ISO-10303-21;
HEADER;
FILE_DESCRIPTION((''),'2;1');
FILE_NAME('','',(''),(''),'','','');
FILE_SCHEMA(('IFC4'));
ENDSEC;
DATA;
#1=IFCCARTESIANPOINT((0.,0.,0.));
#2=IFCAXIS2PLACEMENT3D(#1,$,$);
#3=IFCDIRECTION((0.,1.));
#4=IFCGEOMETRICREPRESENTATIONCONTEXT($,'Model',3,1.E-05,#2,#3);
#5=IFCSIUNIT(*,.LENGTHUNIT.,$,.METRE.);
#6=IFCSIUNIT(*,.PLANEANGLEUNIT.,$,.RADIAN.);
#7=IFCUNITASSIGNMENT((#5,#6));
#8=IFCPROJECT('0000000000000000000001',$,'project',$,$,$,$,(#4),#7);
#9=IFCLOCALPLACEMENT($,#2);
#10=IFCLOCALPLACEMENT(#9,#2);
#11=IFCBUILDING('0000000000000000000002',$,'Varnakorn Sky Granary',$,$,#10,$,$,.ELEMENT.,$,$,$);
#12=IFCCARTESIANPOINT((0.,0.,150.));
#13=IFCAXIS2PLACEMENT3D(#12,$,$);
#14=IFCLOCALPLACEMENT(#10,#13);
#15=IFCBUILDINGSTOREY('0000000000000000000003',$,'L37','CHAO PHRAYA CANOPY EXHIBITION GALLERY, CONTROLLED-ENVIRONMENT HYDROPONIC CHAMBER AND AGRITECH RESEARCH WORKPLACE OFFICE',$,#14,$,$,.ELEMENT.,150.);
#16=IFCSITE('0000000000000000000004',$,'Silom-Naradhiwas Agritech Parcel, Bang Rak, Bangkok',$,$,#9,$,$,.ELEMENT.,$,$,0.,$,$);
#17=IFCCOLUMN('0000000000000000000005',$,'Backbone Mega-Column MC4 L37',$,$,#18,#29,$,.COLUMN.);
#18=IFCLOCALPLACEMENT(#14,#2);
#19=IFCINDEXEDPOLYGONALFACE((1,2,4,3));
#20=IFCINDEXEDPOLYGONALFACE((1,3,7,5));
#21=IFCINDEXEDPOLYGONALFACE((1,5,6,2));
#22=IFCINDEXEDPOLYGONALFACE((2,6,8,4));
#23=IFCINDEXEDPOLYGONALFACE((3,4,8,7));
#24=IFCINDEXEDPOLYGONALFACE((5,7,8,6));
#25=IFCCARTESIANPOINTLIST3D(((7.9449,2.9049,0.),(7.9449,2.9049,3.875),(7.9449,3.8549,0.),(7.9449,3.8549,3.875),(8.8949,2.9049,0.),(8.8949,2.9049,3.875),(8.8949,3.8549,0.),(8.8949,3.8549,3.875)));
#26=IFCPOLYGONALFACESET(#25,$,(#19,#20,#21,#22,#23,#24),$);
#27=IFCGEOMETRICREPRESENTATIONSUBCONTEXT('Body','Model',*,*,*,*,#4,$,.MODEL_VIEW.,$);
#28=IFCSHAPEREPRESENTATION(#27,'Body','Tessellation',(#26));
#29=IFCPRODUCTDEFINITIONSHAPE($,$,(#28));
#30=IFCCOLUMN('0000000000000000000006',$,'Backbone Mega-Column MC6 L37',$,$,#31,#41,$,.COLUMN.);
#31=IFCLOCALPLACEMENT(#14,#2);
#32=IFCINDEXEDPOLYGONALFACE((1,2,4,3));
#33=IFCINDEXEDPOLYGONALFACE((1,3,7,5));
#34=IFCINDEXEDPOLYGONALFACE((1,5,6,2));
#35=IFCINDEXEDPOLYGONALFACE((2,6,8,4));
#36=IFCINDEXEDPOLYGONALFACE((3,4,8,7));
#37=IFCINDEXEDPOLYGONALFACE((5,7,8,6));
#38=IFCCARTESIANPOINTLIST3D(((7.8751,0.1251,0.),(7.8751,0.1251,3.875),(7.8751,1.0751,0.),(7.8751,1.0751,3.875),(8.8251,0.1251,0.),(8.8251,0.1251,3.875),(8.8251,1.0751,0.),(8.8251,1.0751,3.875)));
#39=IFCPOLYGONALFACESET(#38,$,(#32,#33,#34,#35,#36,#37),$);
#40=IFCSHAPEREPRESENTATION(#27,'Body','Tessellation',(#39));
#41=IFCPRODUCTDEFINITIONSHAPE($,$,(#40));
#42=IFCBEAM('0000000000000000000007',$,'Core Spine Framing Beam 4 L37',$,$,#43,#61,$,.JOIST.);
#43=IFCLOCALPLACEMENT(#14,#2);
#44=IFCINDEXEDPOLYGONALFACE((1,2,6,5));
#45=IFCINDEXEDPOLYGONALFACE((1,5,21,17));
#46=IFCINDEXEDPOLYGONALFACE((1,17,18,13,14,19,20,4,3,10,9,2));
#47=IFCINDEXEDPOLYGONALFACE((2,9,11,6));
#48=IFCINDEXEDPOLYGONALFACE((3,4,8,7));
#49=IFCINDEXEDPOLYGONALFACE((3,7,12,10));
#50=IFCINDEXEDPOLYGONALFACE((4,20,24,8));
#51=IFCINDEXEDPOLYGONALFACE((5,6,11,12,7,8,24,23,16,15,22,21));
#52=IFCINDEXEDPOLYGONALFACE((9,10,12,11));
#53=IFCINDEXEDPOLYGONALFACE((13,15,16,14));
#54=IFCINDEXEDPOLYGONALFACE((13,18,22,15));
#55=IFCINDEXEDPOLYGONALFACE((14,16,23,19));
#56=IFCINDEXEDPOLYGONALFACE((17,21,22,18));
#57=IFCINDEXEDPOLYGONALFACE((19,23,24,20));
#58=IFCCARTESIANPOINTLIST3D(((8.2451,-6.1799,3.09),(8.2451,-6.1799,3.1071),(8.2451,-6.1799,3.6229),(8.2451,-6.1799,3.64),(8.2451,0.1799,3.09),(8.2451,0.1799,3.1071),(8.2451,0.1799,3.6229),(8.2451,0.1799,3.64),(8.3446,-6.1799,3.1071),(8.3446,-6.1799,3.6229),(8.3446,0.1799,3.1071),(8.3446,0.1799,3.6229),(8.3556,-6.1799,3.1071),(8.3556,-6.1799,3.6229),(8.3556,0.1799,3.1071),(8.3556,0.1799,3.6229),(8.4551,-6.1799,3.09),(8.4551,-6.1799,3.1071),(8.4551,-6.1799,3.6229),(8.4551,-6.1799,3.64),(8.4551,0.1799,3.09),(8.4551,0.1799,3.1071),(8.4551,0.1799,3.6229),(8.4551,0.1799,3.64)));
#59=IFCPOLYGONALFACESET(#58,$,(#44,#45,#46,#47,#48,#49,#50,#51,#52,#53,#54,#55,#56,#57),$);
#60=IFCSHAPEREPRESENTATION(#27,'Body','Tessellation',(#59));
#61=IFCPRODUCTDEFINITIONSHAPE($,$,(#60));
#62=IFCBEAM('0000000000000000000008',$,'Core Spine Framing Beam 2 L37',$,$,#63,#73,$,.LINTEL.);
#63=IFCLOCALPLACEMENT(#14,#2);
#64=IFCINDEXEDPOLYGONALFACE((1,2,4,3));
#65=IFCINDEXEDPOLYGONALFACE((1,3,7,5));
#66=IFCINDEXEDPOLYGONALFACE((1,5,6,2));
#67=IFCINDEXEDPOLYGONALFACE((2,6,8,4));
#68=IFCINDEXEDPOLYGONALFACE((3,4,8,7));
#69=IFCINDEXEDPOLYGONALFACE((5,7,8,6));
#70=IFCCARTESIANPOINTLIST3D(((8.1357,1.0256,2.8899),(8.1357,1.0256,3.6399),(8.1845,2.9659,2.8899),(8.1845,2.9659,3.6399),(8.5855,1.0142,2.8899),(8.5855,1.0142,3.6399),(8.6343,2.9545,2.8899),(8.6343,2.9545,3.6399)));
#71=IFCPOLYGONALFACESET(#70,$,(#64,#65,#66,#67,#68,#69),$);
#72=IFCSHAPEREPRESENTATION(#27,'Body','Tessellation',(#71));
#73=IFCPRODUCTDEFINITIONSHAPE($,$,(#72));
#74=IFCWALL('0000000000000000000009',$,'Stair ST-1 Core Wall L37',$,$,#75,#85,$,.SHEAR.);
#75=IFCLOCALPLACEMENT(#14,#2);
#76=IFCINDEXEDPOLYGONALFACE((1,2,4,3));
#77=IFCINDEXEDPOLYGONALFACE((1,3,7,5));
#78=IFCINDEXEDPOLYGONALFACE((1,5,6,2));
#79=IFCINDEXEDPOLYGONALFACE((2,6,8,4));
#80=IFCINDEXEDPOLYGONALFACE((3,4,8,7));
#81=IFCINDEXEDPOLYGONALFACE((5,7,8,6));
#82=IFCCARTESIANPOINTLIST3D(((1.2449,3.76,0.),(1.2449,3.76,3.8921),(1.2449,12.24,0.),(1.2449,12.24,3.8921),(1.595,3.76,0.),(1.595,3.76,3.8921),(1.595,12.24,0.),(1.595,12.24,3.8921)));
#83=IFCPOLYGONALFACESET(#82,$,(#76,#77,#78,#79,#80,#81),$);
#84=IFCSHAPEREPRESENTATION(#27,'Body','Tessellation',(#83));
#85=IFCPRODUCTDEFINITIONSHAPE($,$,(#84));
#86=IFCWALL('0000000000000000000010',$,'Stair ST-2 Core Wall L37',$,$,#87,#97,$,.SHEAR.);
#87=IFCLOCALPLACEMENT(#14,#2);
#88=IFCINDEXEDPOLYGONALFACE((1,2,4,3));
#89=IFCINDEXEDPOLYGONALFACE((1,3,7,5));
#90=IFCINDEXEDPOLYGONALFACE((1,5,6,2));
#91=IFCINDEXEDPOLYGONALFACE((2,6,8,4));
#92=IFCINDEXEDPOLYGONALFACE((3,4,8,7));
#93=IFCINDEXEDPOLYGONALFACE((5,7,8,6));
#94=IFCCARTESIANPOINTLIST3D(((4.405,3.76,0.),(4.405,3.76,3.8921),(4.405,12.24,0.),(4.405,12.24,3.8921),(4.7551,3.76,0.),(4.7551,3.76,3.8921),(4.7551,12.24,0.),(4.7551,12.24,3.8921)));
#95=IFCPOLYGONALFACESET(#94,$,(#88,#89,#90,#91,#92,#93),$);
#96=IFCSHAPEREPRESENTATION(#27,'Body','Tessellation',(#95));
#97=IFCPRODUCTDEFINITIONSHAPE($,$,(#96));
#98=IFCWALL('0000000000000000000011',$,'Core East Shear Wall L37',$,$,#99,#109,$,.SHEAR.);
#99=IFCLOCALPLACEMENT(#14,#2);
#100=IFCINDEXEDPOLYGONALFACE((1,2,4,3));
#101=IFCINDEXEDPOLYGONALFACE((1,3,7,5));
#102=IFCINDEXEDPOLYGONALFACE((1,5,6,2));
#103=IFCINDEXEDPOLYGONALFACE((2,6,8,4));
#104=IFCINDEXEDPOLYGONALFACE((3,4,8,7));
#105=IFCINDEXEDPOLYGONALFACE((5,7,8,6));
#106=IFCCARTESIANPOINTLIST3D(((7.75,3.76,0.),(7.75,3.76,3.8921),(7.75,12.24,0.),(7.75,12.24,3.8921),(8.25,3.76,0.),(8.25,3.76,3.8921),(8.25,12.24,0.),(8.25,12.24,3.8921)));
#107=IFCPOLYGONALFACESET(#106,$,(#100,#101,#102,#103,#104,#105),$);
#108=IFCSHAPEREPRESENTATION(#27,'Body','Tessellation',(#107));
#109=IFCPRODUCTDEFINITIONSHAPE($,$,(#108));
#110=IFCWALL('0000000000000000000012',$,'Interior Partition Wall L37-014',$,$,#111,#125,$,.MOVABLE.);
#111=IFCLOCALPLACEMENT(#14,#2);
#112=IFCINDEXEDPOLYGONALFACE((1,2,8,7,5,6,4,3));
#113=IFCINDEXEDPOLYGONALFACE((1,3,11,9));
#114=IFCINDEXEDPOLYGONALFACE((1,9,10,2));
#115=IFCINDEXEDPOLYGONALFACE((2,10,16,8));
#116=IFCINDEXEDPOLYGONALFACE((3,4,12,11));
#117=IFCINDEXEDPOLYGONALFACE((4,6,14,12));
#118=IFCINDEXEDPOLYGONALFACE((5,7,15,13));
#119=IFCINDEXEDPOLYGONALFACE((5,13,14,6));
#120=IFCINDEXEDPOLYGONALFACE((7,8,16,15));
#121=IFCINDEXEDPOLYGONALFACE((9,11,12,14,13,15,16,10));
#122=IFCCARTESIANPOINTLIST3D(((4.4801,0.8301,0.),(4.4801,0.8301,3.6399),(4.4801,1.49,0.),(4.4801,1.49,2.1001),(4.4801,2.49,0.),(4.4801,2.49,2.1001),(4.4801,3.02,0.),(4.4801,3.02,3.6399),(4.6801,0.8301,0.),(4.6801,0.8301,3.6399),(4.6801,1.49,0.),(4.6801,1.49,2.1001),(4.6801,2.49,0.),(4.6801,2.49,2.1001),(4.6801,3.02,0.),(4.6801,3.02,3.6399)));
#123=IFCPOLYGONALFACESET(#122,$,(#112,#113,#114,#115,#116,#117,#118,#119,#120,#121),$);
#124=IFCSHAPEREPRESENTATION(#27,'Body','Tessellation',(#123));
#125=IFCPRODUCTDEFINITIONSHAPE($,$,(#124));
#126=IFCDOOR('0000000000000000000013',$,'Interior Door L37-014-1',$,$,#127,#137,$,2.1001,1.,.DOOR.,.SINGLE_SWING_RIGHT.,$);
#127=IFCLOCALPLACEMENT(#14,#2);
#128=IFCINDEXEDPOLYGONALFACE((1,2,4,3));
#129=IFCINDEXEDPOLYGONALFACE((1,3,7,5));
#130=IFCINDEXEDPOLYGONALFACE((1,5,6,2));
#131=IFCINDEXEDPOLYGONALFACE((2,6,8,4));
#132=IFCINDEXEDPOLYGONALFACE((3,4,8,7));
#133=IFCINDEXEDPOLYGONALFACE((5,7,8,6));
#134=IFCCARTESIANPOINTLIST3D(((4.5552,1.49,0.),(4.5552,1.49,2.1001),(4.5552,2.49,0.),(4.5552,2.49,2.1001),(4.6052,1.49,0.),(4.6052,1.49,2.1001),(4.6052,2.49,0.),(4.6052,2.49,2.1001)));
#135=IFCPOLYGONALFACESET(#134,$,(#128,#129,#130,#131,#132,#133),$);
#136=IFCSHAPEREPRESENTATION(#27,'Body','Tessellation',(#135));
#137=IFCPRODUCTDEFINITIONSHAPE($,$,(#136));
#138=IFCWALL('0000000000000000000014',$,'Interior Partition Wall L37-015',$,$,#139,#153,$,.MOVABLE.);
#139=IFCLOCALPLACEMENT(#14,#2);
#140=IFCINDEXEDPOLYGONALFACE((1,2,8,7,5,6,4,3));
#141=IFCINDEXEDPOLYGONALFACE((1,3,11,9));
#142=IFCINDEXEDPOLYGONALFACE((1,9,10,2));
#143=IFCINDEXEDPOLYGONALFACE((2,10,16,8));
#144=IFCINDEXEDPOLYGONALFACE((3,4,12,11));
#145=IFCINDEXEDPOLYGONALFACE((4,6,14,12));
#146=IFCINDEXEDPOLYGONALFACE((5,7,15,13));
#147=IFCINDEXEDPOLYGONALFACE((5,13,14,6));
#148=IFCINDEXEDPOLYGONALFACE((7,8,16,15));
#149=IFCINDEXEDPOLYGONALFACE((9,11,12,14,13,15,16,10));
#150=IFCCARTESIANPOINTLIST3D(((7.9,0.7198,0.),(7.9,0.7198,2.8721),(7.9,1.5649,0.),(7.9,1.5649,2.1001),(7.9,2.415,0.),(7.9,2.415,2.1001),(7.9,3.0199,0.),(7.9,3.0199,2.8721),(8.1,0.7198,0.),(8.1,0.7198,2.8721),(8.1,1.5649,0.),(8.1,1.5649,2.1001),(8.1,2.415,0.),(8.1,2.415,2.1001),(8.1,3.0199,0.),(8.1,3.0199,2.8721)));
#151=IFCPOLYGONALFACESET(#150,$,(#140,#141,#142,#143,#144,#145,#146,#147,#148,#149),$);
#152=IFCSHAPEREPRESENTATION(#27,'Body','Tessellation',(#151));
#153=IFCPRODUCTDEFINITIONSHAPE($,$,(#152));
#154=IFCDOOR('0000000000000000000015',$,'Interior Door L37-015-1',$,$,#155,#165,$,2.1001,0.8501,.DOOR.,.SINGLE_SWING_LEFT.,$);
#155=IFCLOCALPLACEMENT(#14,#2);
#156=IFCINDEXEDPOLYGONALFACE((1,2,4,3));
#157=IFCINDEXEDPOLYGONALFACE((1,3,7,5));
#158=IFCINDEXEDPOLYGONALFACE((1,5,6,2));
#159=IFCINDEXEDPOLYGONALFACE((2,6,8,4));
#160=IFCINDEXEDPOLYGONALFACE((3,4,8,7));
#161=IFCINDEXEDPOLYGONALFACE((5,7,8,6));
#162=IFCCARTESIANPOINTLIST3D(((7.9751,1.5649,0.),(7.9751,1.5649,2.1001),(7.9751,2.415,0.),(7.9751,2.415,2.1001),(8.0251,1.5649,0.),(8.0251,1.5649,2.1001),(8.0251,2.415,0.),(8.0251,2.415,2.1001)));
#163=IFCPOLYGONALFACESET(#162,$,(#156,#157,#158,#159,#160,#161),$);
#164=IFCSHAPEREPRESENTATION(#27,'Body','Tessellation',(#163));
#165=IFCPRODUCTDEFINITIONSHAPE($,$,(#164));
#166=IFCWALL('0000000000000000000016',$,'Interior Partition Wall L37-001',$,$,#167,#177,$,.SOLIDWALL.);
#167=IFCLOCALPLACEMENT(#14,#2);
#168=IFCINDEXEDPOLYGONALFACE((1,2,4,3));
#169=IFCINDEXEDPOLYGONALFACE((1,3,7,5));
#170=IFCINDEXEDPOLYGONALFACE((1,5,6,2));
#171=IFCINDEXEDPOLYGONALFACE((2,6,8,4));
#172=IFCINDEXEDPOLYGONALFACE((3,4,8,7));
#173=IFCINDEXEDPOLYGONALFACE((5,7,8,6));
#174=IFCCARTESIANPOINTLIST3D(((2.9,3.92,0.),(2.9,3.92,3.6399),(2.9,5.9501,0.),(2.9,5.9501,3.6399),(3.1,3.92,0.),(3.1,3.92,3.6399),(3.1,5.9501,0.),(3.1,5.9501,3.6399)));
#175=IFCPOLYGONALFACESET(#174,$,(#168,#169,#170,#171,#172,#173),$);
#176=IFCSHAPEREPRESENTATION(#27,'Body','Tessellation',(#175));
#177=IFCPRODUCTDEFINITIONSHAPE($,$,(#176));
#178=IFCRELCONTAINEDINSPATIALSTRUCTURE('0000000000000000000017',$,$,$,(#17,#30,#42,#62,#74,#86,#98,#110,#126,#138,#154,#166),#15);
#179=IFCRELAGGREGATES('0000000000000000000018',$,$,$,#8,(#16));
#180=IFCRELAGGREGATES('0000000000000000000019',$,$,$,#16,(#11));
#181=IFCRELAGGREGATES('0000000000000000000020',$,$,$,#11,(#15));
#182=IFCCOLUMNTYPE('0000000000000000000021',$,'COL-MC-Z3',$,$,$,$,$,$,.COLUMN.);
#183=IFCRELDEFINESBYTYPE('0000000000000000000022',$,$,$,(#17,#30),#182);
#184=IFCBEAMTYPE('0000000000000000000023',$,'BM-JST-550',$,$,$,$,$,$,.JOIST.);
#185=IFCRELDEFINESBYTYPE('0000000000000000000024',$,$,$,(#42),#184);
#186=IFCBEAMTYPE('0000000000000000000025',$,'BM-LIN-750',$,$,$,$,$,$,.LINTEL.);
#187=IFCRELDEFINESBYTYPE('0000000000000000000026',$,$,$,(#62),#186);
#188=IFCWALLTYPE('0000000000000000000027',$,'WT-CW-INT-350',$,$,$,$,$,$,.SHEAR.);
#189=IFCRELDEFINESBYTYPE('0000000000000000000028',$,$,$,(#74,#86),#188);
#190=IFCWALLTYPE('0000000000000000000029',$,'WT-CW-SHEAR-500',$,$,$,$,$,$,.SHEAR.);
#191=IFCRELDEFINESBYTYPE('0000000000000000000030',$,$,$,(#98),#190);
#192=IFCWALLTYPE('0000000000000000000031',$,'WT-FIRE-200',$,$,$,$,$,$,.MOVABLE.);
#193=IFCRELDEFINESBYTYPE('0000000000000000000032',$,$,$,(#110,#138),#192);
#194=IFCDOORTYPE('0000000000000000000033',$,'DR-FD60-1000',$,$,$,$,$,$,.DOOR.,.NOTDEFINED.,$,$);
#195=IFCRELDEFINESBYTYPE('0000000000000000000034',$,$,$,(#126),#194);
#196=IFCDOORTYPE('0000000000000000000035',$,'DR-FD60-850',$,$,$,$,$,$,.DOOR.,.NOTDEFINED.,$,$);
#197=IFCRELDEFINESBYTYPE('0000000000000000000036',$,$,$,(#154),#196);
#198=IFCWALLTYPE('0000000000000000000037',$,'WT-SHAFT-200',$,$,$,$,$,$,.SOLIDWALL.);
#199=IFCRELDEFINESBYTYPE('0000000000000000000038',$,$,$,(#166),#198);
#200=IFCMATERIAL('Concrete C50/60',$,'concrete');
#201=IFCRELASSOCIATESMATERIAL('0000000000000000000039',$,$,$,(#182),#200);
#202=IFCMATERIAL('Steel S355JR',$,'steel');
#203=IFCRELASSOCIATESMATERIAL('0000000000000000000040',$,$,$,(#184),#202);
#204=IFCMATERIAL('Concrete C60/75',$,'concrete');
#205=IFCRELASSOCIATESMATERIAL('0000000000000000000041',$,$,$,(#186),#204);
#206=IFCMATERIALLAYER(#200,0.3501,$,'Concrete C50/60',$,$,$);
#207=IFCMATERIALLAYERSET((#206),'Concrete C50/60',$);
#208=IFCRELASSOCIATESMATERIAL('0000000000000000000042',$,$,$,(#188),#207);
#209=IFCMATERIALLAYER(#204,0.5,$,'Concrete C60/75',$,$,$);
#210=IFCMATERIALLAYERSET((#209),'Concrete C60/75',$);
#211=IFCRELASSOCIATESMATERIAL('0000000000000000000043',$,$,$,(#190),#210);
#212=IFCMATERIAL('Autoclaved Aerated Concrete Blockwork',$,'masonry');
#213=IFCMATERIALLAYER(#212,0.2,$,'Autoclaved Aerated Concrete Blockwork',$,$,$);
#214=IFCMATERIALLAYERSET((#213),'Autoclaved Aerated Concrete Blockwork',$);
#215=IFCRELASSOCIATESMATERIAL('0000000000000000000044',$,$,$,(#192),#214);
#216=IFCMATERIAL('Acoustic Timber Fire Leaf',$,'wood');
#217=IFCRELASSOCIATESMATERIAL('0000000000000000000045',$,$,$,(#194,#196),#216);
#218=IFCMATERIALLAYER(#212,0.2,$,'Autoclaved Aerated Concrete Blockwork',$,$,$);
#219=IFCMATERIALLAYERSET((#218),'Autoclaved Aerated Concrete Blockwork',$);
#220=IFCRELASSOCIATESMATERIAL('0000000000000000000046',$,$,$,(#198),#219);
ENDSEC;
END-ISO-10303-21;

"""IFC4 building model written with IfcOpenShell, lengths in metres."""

from ifc_helpers import new_model, si_unit, direction, frame, frame_2d, origin, origin_2d, place, context, subcontext, project, spatial, rectangle, i_section, extrude, material, layer, layer_set, material_profile, profile_set, type_object, element, fill, save


model = new_model("IFC4")

# Units and contexts
model_context = context("Model", 3, precision=1e-05, world=origin(), true_north=direction((0.0, 1.0)))
body_context = subcontext(model_context, "Body", "Model", "MODEL_VIEW")
ifc_project = project(units=[si_unit("LENGTHUNIT", "METRE"), si_unit("PLANEANGLEUNIT", "RADIAN")], contexts=[model_context])

# Site, building, storey
site_placement = place(None, origin())
site = spatial("IfcSite", under=ifc_project, at=site_placement, Name="Silom-Naradhiwas Agritech Parcel, Bang Rak, Bangkok", CompositionType="ELEMENT", RefElevation=0.0)
building_placement = place(site_placement, origin())
building = spatial("IfcBuilding", under=site, at=building_placement, Name="Varnakorn Sky Granary", CompositionType="ELEMENT")
storey_placement = place(building_placement, frame((0.0, 0.0, 150.0)))
storey = spatial("IfcBuildingStorey", under=building, at=storey_placement, Name="L37", Description="CHAO PHRAYA CANOPY EXHIBITION GALLERY, CONTROLLED-ENVIRONMENT HYDROPONIC CHAMBER AND AGRITECH RESEARCH WORKPLACE OFFICE", CompositionType="ELEMENT", Elevation=150.0)

# Columns
ifc_material_1 = material(Name="Concrete C50/60", Category="concrete")
ifc_material_profile_1 = material_profile(ifc_material_1, rectangle(XDim=0.95, YDim=0.95, at=origin_2d()), Name="RC 950x950")
ifc_profile_set_1 = profile_set([ifc_material_profile_1], Name="Concrete C50/60")
column_type = type_object("IfcColumnType", Name="COL-MC-Z3", PredefinedType="COLUMN", material=ifc_profile_set_1)
for number, where, z_axis, x_axis, name in (
    (1, (8.4199, 3.3799, 0.0), (0.0, 0.0, 1.0), (1.0, 0.0, 0.0), "Backbone Mega-Column MC4 L37"),
    (2, (8.3501, 0.6001, 0.0), (0.0, 0.0, 1.0), (1.0, 0.0, 0.0), "Backbone Mega-Column MC6 L37"),
):
    element("IfcColumn", number, at=place(storey_placement, frame(where, z_axis=z_axis, x_axis=x_axis)), inside=storey, type_object=column_type, Name=name, PredefinedType="COLUMN", context=body_context, shape_type="SweptSolid", body=[
        extrude(rectangle(XDim=0.95, YDim=0.95, at=origin_2d()), origin(), (0.0, 0.0, 1.0), 3.875),
    ])

# Beams
ifc_material_2 = material(Name="Steel S355JR", Category="steel")
ifc_material_profile_2 = material_profile(ifc_material_2, i_section(OverallWidth=0.21, OverallDepth=0.55, WebThickness=0.011, FlangeThickness=0.0171, at=origin_2d()), Name="IPE 550")
ifc_profile_set_2 = profile_set([ifc_material_profile_2], Name="Steel S355JR")
beam_type_1 = type_object("IfcBeamType", Name="BM-JST-550", PredefinedType="JOIST", material=ifc_profile_set_2)
beam_1_placement = place(storey_placement, frame((8.3501, 0.1799, 3.365), z_axis=(0.0, -1.0, 0.0), x_axis=(1.0, 0.0, 0.0)))
element("IfcBeam", 3, at=beam_1_placement, inside=storey, type_object=beam_type_1, Name="Core Spine Framing Beam 4 L37", PredefinedType="JOIST", context=body_context, shape_type="SweptSolid", body=[
    extrude(i_section(OverallWidth=0.21, OverallDepth=0.55, WebThickness=0.011, FlangeThickness=0.0171, at=origin_2d()), origin(), (0.0, 0.0, 1.0), 6.3599),
])
ifc_material_3 = material(Name="Concrete C60/75", Category="concrete")
ifc_material_profile_3 = material_profile(ifc_material_3, rectangle(XDim=0.45, YDim=0.75, at=origin_2d()), Name="RC 450x750")
ifc_profile_set_3 = profile_set([ifc_material_profile_3], Name="Concrete C60/75")
beam_type_2 = type_object("IfcBeamType", Name="BM-LIN-750", PredefinedType="LINTEL", material=ifc_profile_set_3)
beam_2_placement = place(storey_placement, frame((8.4094, 2.9602, 3.2649), z_axis=(-0.025159, -0.999683, 0.0), x_axis=(0.999683, -0.025159, 0.0)))
element("IfcBeam", 4, at=beam_2_placement, inside=storey, type_object=beam_type_2, Name="Core Spine Framing Beam 2 L37", PredefinedType="LINTEL", context=body_context, shape_type="SweptSolid", body=[
    extrude(rectangle(XDim=0.45, YDim=0.75, at=origin_2d()), origin(), (0.0, 0.0, 1.0), 1.9409),
])

# Walls
ifc_layer_1 = layer(ifc_material_1, 0.3501, Name="Concrete C50/60")
ifc_layer_set_1 = layer_set([ifc_layer_1], Name="Concrete C50/60")
wall_type_1 = type_object("IfcWallType", Name="WT-CW-INT-350", PredefinedType="SHEAR", material=ifc_layer_set_1)
for number, where, z_axis, x_axis, name in (
    (5, (1.4199, 3.76, 0.0), (0.0, 0.0, 1.0), (0.0, 1.0, 0.0), "Stair ST-1 Core Wall L37"),
    (6, (4.5801, 3.76, 0.0), (0.0, 0.0, 1.0), (0.0, 1.0, 0.0), "Stair ST-2 Core Wall L37"),
):
    element("IfcWall", number, at=place(storey_placement, frame(where, z_axis=z_axis, x_axis=x_axis)), inside=storey, type_object=wall_type_1, Name=name, PredefinedType="SHEAR", context=body_context, shape_type="SweptSolid", body=[
        extrude(rectangle(XDim=8.48, YDim=0.3501, at=frame_2d((4.24, 0.0))), origin(), (0.0, 0.0, 1.0), 3.8921),
    ])
ifc_layer_2 = layer(ifc_material_3, 0.5, Name="Concrete C60/75")
ifc_layer_set_2 = layer_set([ifc_layer_2], Name="Concrete C60/75")
wall_type_2 = type_object("IfcWallType", Name="WT-CW-SHEAR-500", PredefinedType="SHEAR", material=ifc_layer_set_2)
wall_1_placement = place(storey_placement, frame((8.0, 3.76, 0.0), z_axis=(0.0, 0.0, 1.0), x_axis=(0.0, 1.0, 0.0)))
element("IfcWall", 7, at=wall_1_placement, inside=storey, type_object=wall_type_2, Name="Core East Shear Wall L37", PredefinedType="SHEAR", context=body_context, shape_type="SweptSolid", body=[
    extrude(rectangle(XDim=8.48, YDim=0.5, at=frame_2d((4.24, 0.0))), origin(), (0.0, 0.0, 1.0), 3.8921),
])

# Walls, openings, doors
ifc_material_4 = material(Name="Autoclaved Aerated Concrete Blockwork", Category="masonry")
ifc_layer_3 = layer(ifc_material_4, 0.2, Name="Autoclaved Aerated Concrete Blockwork")
ifc_layer_set_3 = layer_set([ifc_layer_3], Name="Autoclaved Aerated Concrete Blockwork")
wall_type_3 = type_object("IfcWallType", Name="WT-FIRE-200", PredefinedType="MOVABLE", material=ifc_layer_set_3)
wall_2_placement = place(storey_placement, frame((4.5801, 0.8301, 0.0), z_axis=(0.0, 0.0, 1.0), x_axis=(0.0, 1.0, 0.0)))
wall_2 = element("IfcWall", 8, at=wall_2_placement, inside=storey, type_object=wall_type_3, Name="Interior Partition Wall L37-014", PredefinedType="MOVABLE", context=body_context, shape_type="SweptSolid", body=[
    extrude(rectangle(XDim=2.1899, YDim=0.2, at=frame_2d((1.095, 0.0))), origin(), (0.0, 0.0, 1.0), 3.6399),
])
opening_1_placement = place(wall_2_placement, frame((0.6599, 0.0, 0.0)))
opening_1 = element("IfcOpeningElement", 9, at=opening_1_placement, cuts=wall_2, PredefinedType="OPENING", context=body_context, shape_type="SweptSolid", body=[
    extrude(rectangle(XDim=1.0, YDim=2.1001, at=frame_2d((0.5, 1.05))), frame((0.0, 0.1099, 0.0), z_axis=(0.0, -1.0, 0.0), x_axis=(1.0, 0.0, 0.0)), (0.0, 0.0, 1.0), 0.22),
])
ifc_material_5 = material(Name="Acoustic Timber Fire Leaf", Category="wood")
door_type_1 = type_object("IfcDoorType", Name="DR-FD60-1000", OperationType="NOTDEFINED", PredefinedType="DOOR", material=ifc_material_5)
door_1_placement = place(opening_1_placement, origin())
door_1 = element("IfcDoor", 10, at=door_1_placement, inside=storey, type_object=door_type_1, Name="Interior Door L37-014-1", OperationType="SINGLE_SWING_RIGHT", OverallHeight=2.1001, OverallWidth=1.0, PredefinedType="DOOR", context=body_context, shape_type="SweptSolid", body=[
    extrude(rectangle(XDim=1.0, YDim=2.1001, at=frame_2d((0.5, 1.05))), frame((0.0, 0.0249, 0.0), z_axis=(0.0, -1.0, 0.0), x_axis=(1.0, 0.0, 0.0)), (0.0, 0.0, 1.0), 0.05),
])
fill(opening_1, door_1)
wall_3_placement = place(storey_placement, frame((8.0, 0.72, 0.0), z_axis=(0.0, 0.0, 1.0), x_axis=(0.0, 1.0, 0.0)))
wall_3 = element("IfcWall", 11, at=wall_3_placement, inside=storey, type_object=wall_type_3, Name="Interior Partition Wall L37-015", PredefinedType="MOVABLE", context=body_context, shape_type="SweptSolid", body=[
    extrude(rectangle(XDim=2.3, YDim=0.2, at=frame_2d((1.1499, 0.0))), origin(), (0.0, 0.0, 1.0), 2.8721),
])
opening_2_placement = place(wall_3_placement, frame((0.845, 0.0, 0.0)))
opening_2 = element("IfcOpeningElement", 12, at=opening_2_placement, cuts=wall_3, PredefinedType="OPENING", context=body_context, shape_type="SweptSolid", body=[
    extrude(rectangle(XDim=0.8501, YDim=2.1001, at=frame_2d((0.425, 1.05))), frame((0.0, 0.1099, 0.0), z_axis=(0.0, -1.0, 0.0), x_axis=(1.0, 0.0, 0.0)), (0.0, 0.0, 1.0), 0.22),
])
door_type_2 = type_object("IfcDoorType", Name="DR-FD60-850", OperationType="NOTDEFINED", PredefinedType="DOOR", material=ifc_material_5)
door_2_placement = place(opening_2_placement, origin())
door_2 = element("IfcDoor", 13, at=door_2_placement, inside=storey, type_object=door_type_2, Name="Interior Door L37-015-1", OperationType="SINGLE_SWING_LEFT", OverallHeight=2.1001, OverallWidth=0.8501, PredefinedType="DOOR", context=body_context, shape_type="SweptSolid", body=[
    extrude(rectangle(XDim=0.8501, YDim=2.1001, at=frame_2d((0.425, 1.05))), frame((0.0, 0.0249, 0.0), z_axis=(0.0, -1.0, 0.0), x_axis=(1.0, 0.0, 0.0)), (0.0, 0.0, 1.0), 0.05),
])
fill(opening_2, door_2)

# Wall
ifc_layer_4 = layer(ifc_material_4, 0.2, Name="Autoclaved Aerated Concrete Blockwork")
ifc_layer_set_4 = layer_set([ifc_layer_4], Name="Autoclaved Aerated Concrete Blockwork")
wall_type_4 = type_object("IfcWallType", Name="WT-SHAFT-200", PredefinedType="SOLIDWALL", material=ifc_layer_set_4)
wall_4_placement = place(storey_placement, frame((3.0, 3.9199, 0.0), z_axis=(0.0, 0.0, 1.0), x_axis=(0.0, 1.0, 0.0)))
element("IfcWall", 14, at=wall_4_placement, inside=storey, type_object=wall_type_4, Name="Interior Partition Wall L37-001", PredefinedType="SOLIDWALL", context=body_context, shape_type="SweptSolid", body=[
    extrude(rectangle(XDim=2.03, YDim=0.2, at=frame_2d((1.0151, 0.0))), origin(), (0.0, 0.0, 1.0), 3.6399),
])

save(model, "model.ifc")
